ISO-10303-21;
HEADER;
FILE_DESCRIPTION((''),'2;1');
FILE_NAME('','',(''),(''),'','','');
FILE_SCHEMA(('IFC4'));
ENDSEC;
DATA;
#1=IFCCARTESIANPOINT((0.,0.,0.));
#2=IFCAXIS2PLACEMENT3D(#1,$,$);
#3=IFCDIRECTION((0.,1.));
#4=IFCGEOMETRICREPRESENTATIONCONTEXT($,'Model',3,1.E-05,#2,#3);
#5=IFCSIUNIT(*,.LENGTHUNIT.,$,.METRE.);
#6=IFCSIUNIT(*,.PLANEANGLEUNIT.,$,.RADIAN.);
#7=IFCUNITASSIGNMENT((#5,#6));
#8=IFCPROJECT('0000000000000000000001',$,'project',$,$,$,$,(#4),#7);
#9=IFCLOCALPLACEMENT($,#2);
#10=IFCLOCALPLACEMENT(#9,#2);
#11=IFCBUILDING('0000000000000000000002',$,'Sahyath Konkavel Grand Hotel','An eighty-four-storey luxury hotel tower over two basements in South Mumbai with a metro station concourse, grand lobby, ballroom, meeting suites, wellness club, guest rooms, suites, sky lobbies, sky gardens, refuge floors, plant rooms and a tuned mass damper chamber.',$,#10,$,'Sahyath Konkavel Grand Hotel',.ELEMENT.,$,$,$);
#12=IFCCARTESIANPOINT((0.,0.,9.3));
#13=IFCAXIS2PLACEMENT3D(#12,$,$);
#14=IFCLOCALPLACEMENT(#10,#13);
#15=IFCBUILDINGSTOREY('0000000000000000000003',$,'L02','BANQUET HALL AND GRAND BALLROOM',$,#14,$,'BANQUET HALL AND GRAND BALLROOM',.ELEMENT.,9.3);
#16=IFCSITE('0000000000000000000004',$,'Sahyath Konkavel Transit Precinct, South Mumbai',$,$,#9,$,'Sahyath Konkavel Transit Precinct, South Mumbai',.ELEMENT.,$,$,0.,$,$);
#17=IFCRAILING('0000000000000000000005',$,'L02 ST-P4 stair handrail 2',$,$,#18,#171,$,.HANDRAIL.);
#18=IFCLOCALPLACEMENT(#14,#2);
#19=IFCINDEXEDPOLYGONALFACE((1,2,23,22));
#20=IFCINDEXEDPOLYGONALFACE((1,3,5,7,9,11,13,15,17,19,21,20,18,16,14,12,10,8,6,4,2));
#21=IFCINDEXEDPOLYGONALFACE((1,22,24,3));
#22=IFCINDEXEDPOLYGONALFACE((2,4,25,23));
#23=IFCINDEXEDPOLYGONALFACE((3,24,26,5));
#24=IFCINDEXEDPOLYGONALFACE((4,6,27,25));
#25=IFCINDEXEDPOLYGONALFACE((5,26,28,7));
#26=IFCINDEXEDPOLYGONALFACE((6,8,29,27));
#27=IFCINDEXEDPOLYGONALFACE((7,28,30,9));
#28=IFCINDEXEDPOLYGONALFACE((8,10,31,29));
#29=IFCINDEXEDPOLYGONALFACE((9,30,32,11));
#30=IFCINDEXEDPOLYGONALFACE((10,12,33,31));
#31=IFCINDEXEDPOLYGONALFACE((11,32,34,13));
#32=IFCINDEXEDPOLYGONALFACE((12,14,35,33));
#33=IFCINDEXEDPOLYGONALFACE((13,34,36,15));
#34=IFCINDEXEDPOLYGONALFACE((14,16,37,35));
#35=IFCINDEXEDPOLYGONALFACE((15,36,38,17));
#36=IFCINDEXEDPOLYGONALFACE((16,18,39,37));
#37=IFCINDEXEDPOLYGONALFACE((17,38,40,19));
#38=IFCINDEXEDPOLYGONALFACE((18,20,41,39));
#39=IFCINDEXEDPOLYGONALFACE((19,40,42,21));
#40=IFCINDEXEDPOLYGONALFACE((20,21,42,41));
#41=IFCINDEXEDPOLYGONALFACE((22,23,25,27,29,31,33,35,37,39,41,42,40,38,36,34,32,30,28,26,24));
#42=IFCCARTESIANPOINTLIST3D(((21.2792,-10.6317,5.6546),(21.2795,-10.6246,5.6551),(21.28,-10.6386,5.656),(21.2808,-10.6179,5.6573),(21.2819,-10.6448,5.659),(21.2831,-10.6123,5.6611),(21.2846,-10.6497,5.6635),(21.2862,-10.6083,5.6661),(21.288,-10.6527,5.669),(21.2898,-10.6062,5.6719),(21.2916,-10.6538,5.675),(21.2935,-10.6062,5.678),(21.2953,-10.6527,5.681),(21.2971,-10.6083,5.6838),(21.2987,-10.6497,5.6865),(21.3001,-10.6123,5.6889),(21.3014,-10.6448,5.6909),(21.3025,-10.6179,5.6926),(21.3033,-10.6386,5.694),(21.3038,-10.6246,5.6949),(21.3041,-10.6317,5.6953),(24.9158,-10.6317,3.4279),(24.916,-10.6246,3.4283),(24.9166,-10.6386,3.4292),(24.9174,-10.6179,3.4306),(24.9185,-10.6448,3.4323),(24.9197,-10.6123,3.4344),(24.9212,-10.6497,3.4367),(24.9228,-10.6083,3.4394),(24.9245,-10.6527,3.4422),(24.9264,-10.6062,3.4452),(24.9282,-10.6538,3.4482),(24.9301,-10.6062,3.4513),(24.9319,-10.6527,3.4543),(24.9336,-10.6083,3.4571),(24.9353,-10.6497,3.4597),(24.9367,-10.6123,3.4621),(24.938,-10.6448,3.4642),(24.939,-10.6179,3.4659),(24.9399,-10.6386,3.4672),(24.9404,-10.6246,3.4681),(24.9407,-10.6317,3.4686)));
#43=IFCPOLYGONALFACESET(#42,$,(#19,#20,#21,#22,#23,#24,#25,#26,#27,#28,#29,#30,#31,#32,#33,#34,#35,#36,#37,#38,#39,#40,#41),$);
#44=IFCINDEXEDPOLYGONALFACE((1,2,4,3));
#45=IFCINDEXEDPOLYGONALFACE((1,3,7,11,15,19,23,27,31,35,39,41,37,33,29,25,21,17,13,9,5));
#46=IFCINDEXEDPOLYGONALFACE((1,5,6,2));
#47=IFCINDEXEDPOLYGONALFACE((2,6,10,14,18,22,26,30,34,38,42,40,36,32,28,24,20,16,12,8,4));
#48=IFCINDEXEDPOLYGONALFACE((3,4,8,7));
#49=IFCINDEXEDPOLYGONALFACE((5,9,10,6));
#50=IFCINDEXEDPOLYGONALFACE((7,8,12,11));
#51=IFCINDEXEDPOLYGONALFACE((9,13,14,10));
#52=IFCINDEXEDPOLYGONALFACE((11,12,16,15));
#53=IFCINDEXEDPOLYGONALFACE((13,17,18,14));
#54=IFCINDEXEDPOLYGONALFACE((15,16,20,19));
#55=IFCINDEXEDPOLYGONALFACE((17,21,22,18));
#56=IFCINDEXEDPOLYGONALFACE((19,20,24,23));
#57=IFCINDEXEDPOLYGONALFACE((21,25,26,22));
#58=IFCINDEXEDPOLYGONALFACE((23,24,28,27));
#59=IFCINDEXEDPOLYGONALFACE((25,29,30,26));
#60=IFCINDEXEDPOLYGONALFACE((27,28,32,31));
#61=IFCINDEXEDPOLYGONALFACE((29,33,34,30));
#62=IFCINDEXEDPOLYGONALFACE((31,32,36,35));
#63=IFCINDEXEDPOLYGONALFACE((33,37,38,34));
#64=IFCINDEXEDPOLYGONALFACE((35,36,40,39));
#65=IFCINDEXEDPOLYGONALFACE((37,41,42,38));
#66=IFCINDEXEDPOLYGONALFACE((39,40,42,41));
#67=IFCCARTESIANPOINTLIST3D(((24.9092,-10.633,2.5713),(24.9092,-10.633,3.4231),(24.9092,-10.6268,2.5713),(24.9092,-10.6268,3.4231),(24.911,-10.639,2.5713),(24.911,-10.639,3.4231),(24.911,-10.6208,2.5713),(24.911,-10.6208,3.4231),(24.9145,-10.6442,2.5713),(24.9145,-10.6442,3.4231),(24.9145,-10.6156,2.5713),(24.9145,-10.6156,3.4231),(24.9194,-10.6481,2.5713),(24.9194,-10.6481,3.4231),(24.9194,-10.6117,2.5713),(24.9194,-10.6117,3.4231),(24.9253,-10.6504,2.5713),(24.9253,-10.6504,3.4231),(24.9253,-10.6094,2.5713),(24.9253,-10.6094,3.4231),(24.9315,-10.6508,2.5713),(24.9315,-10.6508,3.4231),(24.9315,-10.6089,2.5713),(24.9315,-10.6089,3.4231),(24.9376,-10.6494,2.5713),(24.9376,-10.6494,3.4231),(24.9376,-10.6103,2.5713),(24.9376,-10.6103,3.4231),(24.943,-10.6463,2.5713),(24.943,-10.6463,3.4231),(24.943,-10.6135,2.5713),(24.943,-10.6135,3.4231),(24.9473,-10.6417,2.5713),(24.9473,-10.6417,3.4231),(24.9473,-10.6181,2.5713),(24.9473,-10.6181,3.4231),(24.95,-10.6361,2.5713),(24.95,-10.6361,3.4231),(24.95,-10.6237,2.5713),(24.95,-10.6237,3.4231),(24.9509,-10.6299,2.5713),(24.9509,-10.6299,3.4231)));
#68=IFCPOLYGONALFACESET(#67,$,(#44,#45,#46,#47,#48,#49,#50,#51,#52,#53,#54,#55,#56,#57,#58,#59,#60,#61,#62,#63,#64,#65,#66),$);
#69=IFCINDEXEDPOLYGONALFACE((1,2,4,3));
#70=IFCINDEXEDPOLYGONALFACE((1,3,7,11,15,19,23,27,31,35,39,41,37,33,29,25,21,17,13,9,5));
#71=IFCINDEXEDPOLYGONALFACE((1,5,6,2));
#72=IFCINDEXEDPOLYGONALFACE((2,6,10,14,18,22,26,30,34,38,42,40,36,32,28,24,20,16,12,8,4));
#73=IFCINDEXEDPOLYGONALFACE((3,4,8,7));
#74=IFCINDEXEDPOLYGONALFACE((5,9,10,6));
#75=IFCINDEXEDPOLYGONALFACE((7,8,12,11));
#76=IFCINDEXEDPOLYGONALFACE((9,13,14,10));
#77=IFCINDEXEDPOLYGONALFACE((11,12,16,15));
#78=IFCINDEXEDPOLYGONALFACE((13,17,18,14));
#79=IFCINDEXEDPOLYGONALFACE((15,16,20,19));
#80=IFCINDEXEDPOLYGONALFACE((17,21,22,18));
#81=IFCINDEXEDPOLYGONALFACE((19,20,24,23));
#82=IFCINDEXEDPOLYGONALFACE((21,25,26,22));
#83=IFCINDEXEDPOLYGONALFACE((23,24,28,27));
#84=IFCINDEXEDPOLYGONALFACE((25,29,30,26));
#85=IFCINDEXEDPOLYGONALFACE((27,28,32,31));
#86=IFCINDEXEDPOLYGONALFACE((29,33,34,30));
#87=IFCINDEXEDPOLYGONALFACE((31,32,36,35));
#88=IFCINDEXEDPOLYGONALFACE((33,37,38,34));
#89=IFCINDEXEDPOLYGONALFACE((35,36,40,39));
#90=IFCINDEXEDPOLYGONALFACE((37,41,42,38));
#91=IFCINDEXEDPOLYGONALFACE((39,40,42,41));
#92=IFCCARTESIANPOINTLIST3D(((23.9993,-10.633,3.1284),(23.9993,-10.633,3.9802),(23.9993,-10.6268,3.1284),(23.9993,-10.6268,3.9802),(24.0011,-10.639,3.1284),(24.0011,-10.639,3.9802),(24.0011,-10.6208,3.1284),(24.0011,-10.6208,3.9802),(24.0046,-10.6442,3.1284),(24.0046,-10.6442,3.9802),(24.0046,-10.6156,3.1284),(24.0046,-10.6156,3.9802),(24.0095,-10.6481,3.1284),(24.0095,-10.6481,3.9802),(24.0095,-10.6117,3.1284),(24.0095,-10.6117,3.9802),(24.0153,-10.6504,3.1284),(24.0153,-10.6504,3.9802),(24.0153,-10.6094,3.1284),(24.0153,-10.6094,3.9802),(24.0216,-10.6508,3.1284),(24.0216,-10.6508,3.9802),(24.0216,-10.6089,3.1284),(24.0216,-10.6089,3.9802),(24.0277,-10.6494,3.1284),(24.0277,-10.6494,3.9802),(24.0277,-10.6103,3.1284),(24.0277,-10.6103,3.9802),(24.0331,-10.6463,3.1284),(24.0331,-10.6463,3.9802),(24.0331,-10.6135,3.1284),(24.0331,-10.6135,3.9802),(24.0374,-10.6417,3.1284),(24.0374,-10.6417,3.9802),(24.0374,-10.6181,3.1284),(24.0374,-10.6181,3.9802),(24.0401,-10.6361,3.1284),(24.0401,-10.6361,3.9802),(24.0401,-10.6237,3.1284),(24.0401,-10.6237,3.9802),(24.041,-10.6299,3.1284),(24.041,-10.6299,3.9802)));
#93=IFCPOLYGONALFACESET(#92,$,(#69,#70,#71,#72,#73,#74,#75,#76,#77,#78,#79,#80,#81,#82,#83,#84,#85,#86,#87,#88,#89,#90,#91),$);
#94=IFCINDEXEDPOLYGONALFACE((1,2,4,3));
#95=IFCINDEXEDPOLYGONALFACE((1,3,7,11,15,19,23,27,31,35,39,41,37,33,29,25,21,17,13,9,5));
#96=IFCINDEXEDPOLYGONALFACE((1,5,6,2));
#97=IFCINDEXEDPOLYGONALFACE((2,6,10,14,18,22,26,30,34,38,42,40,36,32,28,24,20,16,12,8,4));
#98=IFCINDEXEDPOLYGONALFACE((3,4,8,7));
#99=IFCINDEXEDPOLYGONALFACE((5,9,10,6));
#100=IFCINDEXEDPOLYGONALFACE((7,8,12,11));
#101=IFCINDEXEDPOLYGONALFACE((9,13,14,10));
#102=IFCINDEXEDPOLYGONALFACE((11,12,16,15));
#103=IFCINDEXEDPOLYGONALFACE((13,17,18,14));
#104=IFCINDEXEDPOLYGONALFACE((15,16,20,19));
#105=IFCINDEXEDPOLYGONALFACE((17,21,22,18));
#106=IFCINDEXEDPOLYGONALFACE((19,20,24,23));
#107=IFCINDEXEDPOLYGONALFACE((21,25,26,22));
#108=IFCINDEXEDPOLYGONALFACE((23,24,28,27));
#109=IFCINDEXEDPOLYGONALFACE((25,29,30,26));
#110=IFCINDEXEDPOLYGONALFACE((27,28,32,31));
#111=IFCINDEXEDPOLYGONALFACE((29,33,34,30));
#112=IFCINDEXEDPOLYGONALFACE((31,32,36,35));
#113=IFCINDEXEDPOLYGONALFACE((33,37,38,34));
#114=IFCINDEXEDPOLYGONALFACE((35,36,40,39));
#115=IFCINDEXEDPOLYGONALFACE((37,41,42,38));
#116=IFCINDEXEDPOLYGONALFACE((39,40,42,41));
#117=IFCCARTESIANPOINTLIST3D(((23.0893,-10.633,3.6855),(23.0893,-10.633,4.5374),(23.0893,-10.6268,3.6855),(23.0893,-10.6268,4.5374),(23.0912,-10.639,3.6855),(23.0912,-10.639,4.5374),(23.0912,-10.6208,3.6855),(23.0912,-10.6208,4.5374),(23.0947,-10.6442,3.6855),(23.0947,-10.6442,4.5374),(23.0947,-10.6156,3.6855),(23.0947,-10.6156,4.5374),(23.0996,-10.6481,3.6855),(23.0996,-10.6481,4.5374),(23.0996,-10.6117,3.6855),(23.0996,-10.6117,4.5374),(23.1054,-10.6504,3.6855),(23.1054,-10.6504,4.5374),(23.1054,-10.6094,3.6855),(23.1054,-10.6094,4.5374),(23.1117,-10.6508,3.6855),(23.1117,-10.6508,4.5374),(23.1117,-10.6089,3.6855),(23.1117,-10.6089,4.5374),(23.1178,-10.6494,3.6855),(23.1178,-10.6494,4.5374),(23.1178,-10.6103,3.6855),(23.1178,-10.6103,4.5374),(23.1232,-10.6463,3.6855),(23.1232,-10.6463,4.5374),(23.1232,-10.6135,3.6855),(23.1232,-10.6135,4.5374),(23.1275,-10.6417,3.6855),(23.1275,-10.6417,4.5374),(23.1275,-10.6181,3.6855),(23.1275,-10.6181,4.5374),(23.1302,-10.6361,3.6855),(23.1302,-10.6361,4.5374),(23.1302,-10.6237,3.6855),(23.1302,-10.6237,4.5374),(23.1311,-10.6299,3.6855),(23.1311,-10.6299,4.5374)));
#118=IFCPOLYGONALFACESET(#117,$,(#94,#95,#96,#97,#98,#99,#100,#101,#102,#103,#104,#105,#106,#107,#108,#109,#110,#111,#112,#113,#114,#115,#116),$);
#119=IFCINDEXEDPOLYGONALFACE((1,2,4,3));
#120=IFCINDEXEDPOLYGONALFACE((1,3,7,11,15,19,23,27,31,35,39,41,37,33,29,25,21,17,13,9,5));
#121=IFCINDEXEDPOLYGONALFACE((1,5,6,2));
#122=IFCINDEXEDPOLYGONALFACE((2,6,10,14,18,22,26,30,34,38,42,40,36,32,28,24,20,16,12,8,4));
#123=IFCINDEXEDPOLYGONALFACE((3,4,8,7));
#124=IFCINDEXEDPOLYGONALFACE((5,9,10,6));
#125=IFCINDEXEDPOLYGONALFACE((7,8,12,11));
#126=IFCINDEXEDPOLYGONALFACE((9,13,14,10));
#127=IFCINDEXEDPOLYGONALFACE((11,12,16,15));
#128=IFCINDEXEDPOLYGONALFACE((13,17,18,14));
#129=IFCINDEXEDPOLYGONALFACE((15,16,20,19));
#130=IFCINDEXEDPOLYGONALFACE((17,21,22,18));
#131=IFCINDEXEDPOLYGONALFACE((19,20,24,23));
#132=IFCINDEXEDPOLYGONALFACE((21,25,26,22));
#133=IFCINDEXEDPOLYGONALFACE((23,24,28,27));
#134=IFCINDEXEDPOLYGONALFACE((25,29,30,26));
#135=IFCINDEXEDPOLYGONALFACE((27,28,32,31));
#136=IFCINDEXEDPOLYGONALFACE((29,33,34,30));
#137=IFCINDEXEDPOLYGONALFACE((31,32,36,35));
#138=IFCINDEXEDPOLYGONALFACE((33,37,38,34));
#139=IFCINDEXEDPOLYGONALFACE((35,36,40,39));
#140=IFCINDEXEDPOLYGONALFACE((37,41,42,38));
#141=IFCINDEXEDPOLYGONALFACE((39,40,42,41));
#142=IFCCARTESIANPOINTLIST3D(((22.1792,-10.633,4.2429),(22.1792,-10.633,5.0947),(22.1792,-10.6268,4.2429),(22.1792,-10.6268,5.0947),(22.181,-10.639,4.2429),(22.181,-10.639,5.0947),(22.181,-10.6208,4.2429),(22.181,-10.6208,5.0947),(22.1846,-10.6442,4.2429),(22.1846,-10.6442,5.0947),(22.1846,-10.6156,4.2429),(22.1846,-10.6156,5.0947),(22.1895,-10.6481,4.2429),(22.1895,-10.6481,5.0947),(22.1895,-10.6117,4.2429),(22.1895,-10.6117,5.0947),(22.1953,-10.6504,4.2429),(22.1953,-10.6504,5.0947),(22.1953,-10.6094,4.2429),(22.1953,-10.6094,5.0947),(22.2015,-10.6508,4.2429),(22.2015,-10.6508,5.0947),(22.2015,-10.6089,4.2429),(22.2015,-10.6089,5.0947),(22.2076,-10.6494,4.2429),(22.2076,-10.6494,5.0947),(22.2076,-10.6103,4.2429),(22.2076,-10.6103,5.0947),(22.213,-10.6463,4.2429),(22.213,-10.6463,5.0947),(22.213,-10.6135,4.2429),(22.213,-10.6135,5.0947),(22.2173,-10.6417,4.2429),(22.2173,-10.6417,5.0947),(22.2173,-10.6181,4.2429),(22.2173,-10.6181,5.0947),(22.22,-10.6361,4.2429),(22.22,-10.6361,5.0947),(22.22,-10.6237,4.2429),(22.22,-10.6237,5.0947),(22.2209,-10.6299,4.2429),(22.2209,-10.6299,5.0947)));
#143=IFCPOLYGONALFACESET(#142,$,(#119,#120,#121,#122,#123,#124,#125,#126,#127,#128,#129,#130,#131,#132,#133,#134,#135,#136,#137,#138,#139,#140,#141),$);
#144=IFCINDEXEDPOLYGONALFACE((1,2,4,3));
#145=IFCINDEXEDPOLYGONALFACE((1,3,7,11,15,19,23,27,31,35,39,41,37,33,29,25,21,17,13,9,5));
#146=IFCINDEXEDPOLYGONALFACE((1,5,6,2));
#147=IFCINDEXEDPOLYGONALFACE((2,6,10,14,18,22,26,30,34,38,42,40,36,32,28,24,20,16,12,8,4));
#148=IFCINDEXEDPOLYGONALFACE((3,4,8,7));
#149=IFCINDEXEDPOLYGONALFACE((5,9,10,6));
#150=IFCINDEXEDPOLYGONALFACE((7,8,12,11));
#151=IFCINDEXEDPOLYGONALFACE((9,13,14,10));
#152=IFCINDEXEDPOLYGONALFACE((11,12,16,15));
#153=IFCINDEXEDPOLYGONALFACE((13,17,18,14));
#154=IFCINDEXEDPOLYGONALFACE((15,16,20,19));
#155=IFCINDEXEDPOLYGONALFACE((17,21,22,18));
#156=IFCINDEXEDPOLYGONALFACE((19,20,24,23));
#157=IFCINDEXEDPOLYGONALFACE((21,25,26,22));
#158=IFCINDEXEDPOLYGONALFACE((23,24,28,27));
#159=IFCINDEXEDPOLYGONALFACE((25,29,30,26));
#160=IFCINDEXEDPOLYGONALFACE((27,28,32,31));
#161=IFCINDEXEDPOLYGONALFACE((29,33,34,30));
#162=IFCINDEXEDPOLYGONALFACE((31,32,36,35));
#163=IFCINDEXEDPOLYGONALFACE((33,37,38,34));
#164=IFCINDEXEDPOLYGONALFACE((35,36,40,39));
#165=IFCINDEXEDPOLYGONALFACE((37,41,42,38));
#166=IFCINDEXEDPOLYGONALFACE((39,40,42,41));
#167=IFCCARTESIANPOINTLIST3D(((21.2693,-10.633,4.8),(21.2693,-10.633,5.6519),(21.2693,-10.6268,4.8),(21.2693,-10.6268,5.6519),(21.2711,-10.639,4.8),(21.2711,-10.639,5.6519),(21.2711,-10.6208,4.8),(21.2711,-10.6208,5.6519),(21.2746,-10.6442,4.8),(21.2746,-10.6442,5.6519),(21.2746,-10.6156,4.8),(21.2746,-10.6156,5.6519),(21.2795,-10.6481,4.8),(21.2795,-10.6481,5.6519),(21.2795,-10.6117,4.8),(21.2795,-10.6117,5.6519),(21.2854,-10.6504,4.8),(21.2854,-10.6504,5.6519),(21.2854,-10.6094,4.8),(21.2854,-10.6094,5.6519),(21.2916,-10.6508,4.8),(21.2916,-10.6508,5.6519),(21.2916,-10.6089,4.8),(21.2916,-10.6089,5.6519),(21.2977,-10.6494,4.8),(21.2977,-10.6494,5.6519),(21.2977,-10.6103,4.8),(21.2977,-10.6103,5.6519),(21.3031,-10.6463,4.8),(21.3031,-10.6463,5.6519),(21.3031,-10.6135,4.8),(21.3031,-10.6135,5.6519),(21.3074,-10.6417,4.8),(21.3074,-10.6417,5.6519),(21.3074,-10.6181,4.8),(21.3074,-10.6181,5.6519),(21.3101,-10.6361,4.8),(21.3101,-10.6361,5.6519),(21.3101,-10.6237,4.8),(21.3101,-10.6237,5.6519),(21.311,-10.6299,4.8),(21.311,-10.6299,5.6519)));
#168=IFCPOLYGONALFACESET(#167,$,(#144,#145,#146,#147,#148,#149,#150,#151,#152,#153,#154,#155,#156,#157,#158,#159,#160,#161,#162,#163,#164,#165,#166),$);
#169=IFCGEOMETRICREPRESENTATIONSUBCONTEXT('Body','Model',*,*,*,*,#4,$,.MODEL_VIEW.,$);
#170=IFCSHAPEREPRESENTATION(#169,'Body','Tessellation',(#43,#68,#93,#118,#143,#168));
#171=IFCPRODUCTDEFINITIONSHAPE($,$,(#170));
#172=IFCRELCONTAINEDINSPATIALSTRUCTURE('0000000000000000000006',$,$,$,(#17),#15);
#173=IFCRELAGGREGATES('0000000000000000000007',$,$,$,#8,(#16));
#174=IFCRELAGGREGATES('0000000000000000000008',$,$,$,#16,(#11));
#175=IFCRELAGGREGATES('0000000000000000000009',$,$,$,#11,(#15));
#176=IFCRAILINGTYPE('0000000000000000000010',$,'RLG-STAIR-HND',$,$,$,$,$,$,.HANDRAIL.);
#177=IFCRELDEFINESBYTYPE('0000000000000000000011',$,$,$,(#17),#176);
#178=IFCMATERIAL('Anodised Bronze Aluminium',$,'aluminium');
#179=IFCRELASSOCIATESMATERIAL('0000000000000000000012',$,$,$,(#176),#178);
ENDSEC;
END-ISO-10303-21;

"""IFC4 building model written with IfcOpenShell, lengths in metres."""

from ifc_helpers import new_model, si_unit, direction, frame, origin, origin_2d, place, context, subcontext, project, spatial, circle, extrude, material, type_object, element, save


model = new_model("IFC4")

# Units and contexts
model_context = context("Model", 3, precision=1e-05, world=origin(), true_north=direction((0.0, 1.0)))
body_context = subcontext(model_context, "Body", "Model", "MODEL_VIEW")
ifc_project = project(units=[si_unit("LENGTHUNIT", "METRE"), si_unit("PLANEANGLEUNIT", "RADIAN")], contexts=[model_context])

# Site, building, storey
site_placement = place(None, origin())
site = spatial("IfcSite", under=ifc_project, at=site_placement, Name="Sahyath Konkavel Transit Precinct, South Mumbai", LongName="Sahyath Konkavel Transit Precinct, South Mumbai", CompositionType="ELEMENT", RefElevation=0.0)
building_placement = place(site_placement, origin())
building = spatial("IfcBuilding", under=site, at=building_placement, Name="Sahyath Konkavel Grand Hotel", Description="An eighty-four-storey luxury hotel tower over two basements in South Mumbai with a metro station concourse, grand lobby, ballroom, meeting suites, wellness club, guest rooms, suites, sky lobbies, sky gardens, refuge floors, plant rooms and a tuned mass damper chamber.", LongName="Sahyath Konkavel Grand Hotel", CompositionType="ELEMENT")
storey_placement = place(building_placement, frame((0.0, 0.0, 9.3)))
storey = spatial("IfcBuildingStorey", under=building, at=storey_placement, Name="L02", Description="BANQUET HALL AND GRAND BALLROOM", LongName="BANQUET HALL AND GRAND BALLROOM", CompositionType="ELEMENT", Elevation=9.3)

# Railing
ifc_material_1 = material(Name="Anodised Bronze Aluminium", Category="aluminium")
railing_type_1 = type_object("IfcRailingType", Name="RLG-STAIR-HND", PredefinedType="HANDRAIL", material=ifc_material_1)
railing_1_placement = place(storey_placement, frame((24.9299, -10.6299, 2.5713)))
element("IfcRailing", 1, at=railing_1_placement, inside=storey, type_object=railing_type_1, Name="L02 ST-P4 stair handrail 2", PredefinedType="HANDRAIL", context=body_context, shape_type="SweptSolid", body=[
    extrude(circle(Radius=0.0239, at=origin_2d()), frame((-0.0017, 0.0, 0.877), z_axis=(-0.852825, 0.0, 0.522197), x_axis=(0.0, -1.0, 0.0)), (0.0, 0.0, 1.0), 4.2642),
    extrude(circle(Radius=0.021, at=origin_2d()), origin(), (0.0, 0.0, 1.0), 0.8518),
    extrude(circle(Radius=0.021, at=origin_2d()), frame((-0.9099, 0.0, 0.5571)), (0.0, 0.0, 1.0), 0.8518),
    extrude(circle(Radius=0.021, at=origin_2d()), frame((-1.8198, 0.0, 1.1143)), (0.0, 0.0, 1.0), 0.8518),
    extrude(circle(Radius=0.021, at=origin_2d()), frame((-2.73, 0.0, 1.6716)), (0.0, 0.0, 1.0), 0.8518),
    extrude(circle(Radius=0.021, at=origin_2d()), frame((-3.6399, 0.0, 2.2288)), (0.0, 0.0, 1.0), 0.8518),
])

save(model, "model.ifc")
